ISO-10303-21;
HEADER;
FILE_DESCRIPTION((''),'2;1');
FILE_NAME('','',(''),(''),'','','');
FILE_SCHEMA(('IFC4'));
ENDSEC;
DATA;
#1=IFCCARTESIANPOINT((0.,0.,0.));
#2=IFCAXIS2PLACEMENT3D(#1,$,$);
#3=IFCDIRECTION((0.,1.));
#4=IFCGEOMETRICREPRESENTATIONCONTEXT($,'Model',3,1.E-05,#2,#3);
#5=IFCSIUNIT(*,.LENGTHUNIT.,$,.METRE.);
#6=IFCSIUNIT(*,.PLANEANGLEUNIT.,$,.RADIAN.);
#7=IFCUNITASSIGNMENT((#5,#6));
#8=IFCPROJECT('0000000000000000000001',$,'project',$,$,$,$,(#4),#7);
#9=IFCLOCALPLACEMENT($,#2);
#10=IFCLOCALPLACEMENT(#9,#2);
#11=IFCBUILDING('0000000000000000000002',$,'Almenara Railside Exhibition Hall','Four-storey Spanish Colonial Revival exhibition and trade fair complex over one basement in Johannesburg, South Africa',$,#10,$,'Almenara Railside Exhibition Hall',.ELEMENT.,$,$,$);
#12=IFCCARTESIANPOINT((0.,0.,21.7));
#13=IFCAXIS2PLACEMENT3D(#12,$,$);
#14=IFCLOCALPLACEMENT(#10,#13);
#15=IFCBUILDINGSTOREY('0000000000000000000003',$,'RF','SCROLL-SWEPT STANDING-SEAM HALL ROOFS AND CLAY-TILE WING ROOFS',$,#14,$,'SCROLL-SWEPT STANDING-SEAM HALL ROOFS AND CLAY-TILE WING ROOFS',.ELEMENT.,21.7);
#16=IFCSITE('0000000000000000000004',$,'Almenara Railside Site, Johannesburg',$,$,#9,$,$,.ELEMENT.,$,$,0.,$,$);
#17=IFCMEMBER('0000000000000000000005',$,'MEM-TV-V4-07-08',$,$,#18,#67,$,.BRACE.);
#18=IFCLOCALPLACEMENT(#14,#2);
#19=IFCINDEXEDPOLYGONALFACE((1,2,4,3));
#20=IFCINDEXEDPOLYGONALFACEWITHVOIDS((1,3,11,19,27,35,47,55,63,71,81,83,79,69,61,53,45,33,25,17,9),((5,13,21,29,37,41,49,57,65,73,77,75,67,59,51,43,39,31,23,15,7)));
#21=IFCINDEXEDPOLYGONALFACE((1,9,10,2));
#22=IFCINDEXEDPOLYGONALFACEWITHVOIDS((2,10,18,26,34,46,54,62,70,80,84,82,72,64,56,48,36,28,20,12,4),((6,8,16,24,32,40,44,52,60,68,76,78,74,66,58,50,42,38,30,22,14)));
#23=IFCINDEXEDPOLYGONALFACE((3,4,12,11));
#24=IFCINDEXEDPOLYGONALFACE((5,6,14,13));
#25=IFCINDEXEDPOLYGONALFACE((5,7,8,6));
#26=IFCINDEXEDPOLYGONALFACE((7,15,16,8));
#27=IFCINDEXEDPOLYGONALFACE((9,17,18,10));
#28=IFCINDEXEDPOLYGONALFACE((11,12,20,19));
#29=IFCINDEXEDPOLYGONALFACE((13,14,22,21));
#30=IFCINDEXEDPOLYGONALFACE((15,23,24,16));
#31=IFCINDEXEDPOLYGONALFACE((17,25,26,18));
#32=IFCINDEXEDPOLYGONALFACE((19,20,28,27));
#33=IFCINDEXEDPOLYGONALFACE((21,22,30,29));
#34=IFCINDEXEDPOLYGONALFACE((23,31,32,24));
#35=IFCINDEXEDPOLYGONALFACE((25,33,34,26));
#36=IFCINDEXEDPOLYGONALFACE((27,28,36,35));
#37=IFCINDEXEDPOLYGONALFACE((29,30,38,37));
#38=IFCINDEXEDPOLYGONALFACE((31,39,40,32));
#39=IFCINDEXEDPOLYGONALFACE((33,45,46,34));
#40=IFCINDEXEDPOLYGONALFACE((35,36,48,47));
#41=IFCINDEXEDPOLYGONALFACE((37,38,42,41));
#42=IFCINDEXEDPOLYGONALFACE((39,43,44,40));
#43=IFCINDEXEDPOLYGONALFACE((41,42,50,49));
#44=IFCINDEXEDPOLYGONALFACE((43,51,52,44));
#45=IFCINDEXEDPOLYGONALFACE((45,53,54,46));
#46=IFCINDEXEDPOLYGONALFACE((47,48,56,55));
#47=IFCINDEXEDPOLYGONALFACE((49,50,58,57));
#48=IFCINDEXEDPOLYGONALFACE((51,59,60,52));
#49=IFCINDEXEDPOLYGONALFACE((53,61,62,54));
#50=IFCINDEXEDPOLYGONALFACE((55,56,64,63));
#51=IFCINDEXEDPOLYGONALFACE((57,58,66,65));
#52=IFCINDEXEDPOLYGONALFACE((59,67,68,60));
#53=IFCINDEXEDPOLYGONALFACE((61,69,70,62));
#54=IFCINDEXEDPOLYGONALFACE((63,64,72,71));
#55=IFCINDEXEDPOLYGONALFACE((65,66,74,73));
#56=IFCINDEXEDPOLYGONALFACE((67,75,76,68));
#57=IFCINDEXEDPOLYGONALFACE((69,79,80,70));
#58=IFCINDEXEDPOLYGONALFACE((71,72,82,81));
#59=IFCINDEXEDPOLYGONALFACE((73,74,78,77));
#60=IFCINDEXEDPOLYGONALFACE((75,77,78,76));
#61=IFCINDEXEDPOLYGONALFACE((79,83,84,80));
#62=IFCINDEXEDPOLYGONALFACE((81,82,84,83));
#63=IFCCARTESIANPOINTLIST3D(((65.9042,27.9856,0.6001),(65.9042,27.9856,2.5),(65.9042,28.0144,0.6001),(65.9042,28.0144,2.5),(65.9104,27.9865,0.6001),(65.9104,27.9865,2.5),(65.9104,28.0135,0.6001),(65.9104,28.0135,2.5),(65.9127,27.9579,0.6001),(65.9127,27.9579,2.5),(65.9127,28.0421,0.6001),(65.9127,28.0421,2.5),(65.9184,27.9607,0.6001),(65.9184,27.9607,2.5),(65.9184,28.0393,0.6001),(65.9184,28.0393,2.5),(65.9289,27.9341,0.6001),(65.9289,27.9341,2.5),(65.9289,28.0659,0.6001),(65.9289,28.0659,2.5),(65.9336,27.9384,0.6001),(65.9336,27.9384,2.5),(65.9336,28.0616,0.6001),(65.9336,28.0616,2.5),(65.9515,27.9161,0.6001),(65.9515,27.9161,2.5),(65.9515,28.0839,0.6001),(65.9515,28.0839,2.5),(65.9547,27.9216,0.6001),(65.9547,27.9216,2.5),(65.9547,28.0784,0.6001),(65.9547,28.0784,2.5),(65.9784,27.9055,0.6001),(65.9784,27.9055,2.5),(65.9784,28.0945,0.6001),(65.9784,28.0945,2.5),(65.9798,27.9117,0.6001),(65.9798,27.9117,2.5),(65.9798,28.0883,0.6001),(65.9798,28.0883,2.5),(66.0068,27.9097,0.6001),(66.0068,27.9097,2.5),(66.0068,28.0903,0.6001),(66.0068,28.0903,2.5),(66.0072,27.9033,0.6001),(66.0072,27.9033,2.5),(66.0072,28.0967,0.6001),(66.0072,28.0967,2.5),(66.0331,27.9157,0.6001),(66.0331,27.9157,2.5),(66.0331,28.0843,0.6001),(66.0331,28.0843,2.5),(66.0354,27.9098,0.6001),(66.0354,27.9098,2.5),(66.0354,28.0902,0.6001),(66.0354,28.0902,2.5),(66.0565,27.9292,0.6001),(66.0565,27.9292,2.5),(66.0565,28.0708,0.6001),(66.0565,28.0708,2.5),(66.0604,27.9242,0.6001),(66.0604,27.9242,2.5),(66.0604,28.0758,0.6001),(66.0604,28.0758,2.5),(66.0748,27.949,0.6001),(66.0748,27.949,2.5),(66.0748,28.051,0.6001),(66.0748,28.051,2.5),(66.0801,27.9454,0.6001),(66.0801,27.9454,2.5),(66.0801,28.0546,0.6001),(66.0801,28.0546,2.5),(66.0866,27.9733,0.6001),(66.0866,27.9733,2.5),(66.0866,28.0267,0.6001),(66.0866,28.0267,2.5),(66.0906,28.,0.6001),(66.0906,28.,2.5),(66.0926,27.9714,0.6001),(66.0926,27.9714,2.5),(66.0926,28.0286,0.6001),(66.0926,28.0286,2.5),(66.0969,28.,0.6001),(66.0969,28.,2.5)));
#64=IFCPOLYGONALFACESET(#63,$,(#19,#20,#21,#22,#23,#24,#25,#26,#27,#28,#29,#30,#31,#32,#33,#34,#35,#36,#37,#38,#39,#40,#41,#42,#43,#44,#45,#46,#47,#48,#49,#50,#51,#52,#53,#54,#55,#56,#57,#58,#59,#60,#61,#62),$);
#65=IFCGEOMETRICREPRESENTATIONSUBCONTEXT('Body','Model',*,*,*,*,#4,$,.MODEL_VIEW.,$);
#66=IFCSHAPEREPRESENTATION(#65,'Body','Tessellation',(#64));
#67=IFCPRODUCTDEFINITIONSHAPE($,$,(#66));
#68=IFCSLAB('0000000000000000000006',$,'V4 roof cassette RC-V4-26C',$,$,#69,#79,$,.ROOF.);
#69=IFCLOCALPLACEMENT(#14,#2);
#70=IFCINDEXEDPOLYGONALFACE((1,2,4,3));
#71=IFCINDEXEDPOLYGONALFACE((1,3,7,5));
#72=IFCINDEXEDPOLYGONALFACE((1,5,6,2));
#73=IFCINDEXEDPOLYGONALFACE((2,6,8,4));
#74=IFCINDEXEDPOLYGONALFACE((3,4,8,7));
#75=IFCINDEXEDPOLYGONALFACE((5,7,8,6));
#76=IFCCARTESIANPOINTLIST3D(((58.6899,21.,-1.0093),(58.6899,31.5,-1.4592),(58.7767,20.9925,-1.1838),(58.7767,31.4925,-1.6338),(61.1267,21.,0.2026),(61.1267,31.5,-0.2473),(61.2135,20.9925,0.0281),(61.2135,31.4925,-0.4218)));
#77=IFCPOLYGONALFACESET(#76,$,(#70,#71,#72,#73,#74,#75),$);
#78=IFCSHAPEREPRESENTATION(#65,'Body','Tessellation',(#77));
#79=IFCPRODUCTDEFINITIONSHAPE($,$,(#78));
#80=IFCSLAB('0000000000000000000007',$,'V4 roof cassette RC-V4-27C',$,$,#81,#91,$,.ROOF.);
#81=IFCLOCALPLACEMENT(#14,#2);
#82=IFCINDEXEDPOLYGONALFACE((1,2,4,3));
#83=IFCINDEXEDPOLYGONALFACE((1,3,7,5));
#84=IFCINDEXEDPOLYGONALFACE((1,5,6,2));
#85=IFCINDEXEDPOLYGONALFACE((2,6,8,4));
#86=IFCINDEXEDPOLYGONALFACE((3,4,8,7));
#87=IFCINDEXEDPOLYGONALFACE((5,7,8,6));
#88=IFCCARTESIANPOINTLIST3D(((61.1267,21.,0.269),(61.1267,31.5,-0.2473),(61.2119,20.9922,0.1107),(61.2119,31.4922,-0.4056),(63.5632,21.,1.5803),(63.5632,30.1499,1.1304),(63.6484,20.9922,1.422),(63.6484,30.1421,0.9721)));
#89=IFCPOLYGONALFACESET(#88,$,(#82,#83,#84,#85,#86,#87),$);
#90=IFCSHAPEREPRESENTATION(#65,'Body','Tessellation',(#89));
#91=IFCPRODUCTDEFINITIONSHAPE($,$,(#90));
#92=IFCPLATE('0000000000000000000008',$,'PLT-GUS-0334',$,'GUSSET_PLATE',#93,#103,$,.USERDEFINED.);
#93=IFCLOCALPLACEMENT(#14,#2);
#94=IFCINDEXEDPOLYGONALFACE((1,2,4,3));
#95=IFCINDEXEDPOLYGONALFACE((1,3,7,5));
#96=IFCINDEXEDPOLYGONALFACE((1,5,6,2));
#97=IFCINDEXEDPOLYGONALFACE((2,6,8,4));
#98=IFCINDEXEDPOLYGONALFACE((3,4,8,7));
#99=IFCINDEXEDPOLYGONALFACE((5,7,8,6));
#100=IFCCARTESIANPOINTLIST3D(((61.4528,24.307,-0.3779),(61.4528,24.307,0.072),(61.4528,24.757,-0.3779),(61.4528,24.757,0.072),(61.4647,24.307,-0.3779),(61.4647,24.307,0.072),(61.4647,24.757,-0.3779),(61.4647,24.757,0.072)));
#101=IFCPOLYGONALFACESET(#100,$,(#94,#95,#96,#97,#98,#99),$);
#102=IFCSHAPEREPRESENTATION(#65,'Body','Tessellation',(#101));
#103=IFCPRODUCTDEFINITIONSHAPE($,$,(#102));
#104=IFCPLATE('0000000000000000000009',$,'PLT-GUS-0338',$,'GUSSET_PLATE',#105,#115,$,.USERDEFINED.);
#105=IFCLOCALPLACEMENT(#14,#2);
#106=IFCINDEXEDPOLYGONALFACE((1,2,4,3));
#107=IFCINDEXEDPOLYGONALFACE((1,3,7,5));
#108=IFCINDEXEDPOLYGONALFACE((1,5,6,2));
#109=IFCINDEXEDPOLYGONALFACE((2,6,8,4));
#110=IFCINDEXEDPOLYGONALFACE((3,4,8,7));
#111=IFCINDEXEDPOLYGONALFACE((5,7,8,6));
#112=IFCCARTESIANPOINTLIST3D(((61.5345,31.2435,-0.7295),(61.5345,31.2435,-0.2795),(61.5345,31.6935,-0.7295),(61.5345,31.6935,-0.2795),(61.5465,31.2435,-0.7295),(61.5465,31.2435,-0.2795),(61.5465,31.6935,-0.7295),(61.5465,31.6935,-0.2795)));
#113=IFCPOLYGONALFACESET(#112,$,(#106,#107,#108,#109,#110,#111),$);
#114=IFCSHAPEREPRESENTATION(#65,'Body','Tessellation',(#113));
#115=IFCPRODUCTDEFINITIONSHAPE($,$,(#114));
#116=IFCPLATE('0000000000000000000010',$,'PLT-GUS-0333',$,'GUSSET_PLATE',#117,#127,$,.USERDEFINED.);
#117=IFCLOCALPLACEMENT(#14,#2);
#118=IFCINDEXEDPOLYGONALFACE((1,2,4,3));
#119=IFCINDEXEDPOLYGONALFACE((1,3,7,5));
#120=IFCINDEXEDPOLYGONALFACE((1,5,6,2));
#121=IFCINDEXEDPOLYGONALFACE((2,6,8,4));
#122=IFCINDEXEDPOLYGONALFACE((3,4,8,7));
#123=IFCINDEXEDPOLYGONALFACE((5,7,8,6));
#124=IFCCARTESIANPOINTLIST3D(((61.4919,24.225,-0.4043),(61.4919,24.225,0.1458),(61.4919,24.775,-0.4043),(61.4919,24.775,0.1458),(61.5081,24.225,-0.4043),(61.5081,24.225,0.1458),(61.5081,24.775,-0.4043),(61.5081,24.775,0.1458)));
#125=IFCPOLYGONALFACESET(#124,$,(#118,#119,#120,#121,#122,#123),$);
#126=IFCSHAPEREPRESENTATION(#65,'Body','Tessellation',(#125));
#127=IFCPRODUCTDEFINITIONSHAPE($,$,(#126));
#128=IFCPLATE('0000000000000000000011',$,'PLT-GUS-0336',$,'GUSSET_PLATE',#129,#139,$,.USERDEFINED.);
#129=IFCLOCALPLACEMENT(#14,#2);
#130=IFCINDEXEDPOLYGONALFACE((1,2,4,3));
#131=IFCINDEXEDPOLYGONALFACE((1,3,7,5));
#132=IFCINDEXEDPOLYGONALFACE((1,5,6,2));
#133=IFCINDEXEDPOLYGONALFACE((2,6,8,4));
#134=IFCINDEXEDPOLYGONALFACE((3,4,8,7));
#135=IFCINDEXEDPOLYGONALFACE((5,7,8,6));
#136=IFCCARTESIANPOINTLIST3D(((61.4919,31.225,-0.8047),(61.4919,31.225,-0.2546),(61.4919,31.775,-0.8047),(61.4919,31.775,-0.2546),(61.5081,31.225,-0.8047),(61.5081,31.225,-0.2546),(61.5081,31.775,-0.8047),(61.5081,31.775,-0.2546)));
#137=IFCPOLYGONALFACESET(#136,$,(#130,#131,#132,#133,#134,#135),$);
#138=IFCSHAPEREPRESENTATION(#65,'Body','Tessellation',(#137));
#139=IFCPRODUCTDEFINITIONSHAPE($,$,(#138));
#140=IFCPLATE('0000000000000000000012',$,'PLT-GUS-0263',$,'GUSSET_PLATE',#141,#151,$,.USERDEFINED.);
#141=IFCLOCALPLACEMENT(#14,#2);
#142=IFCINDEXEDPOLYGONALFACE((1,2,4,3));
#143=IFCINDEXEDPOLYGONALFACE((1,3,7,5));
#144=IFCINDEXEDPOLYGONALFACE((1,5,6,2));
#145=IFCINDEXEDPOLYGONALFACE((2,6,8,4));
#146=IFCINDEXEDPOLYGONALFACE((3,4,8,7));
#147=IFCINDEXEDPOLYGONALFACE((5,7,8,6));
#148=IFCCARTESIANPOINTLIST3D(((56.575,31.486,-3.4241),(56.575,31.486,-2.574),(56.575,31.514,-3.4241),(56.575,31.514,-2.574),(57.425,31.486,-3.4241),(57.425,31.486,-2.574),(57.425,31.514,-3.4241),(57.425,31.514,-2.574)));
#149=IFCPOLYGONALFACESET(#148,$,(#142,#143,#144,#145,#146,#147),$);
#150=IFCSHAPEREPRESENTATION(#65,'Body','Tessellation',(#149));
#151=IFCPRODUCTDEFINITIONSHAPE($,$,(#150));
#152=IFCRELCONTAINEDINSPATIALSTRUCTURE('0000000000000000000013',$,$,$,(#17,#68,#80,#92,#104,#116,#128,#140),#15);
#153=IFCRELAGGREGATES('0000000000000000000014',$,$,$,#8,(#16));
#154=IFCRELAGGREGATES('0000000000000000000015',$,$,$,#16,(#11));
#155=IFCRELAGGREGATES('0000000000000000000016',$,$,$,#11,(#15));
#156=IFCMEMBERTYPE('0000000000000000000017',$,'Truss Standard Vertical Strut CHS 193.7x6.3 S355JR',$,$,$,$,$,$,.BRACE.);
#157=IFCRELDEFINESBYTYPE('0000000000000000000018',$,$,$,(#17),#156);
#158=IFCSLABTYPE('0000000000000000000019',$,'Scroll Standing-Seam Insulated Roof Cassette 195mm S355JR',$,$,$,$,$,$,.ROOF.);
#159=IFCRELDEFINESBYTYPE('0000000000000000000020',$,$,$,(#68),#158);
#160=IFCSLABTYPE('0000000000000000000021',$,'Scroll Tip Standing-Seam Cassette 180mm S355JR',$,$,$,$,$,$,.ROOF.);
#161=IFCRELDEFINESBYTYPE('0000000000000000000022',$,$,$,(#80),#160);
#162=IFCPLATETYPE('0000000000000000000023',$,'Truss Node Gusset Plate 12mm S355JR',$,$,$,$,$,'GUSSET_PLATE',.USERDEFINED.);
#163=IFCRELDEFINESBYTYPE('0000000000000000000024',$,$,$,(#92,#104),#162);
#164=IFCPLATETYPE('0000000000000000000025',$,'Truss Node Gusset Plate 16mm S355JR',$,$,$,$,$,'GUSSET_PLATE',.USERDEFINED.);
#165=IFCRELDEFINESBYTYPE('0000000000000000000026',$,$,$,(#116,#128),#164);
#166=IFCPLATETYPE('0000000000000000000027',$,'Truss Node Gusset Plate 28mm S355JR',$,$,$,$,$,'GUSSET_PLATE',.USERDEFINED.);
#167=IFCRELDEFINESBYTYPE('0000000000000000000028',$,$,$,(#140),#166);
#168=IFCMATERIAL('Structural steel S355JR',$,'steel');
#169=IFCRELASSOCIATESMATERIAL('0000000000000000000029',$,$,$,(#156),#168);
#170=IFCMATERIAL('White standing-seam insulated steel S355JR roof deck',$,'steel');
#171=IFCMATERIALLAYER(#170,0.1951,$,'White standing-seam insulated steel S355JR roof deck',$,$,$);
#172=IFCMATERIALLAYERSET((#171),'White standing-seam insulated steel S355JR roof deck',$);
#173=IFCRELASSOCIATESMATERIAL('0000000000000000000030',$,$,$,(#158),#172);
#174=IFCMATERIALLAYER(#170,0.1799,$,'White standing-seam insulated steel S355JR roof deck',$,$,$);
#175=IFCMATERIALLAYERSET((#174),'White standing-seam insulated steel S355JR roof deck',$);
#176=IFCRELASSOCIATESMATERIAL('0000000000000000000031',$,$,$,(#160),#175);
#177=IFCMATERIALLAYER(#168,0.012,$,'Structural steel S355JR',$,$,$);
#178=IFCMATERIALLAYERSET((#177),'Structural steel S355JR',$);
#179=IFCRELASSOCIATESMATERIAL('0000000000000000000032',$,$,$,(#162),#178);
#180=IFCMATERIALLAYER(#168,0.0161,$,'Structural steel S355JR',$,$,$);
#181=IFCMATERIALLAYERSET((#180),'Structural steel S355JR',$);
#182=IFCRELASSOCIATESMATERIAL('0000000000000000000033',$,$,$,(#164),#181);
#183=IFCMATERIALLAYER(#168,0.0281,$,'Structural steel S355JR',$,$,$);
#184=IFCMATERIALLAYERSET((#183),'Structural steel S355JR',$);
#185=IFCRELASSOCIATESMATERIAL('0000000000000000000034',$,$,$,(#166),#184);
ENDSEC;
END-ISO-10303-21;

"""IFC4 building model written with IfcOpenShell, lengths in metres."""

from ifc_helpers import new_model, si_unit, direction, frame, origin, origin_2d, place, context, subcontext, project, spatial, polyline, rectangle, hollow_circle, outline, extrude, material, layer, layer_set, material_profile, profile_set, type_object, element, save


model = new_model("IFC4")

# Units and contexts
model_context = context("Model", 3, precision=1e-05, world=origin(), true_north=direction((0.0, 1.0)))
body_context = subcontext(model_context, "Body", "Model", "MODEL_VIEW")
ifc_project = project(units=[si_unit("LENGTHUNIT", "METRE"), si_unit("PLANEANGLEUNIT", "RADIAN")], contexts=[model_context])

# Site, building, storey
site_placement = place(None, origin())
site = spatial("IfcSite", under=ifc_project, at=site_placement, Name="Almenara Railside Site, Johannesburg", CompositionType="ELEMENT", RefElevation=0.0)
building_placement = place(site_placement, origin())
building = spatial("IfcBuilding", under=site, at=building_placement, Name="Almenara Railside Exhibition Hall", Description="Four-storey Spanish Colonial Revival exhibition and trade fair complex over one basement in Johannesburg, South Africa", LongName="Almenara Railside Exhibition Hall", CompositionType="ELEMENT")
storey_placement = place(building_placement, frame((0.0, 0.0, 21.7)))
storey = spatial("IfcBuildingStorey", under=building, at=storey_placement, Name="RF", Description="SCROLL-SWEPT STANDING-SEAM HALL ROOFS AND CLAY-TILE WING ROOFS", LongName="SCROLL-SWEPT STANDING-SEAM HALL ROOFS AND CLAY-TILE WING ROOFS", CompositionType="ELEMENT", Elevation=21.7)

# Member
ifc_material_1 = material(Name="Structural steel S355JR", Category="steel")
ifc_material_profile_1 = material_profile(ifc_material_1, hollow_circle(Radius=0.0969, WallThickness=0.0063, at=origin_2d()), Name="CHS 193.7x6.3")
ifc_profile_set_1 = profile_set([ifc_material_profile_1], Name="Structural steel S355JR")
member_type_1 = type_object("IfcMemberType", Name="Truss Standard Vertical Strut CHS 193.7x6.3 S355JR", PredefinedType="BRACE", material=ifc_profile_set_1)
member_1_placement = place(storey_placement, frame((66.0, 28.0, 0.6001), z_axis=(0.0, 0.0, 1.0), x_axis=(1.0, 0.0, 0.0)))
element("IfcMember", 1, at=member_1_placement, inside=storey, type_object=member_type_1, Name="MEM-TV-V4-07-08", PredefinedType="BRACE", context=body_context, shape_type="SweptSolid", body=[
    extrude(hollow_circle(Radius=0.0969, WallThickness=0.0063, at=origin_2d()), origin(), (0.0, 0.0, 1.0), 1.8999),
])

# Slabs
ifc_material_2 = material(Name="White standing-seam insulated steel S355JR roof deck", Category="steel")
ifc_layer_1 = layer(ifc_material_2, 0.1951, Name="White standing-seam insulated steel S355JR roof deck")
ifc_layer_set_1 = layer_set([ifc_layer_1], Name="White standing-seam insulated steel S355JR roof deck")
slab_type_1 = type_object("IfcSlabType", Name="Scroll Standing-Seam Insulated Roof Cassette 195mm S355JR", PredefinedType="ROOF", material=ifc_layer_set_1)
slab_1_placement = place(storey_placement, frame((58.6899, 31.5, -1.4592), z_axis=(-0.444983, 0.038341, 0.894718), x_axis=(0.895376, 0.0, 0.445311)))
element("IfcSlab", 2, at=slab_1_placement, inside=storey, type_object=slab_type_1, Name="V4 roof cassette RC-V4-26C", PredefinedType="ROOF", context=body_context, shape_type="SweptSolid", body=[
    extrude(outline(polyline([(0.0, 0.0), (2.7215, 0.0), (2.9219, -10.5077), (0.2004, -10.5077), (0.0, 0.0)])), origin(), (0.0, 0.0, -1.0), 0.1951),
])
ifc_layer_2 = layer(ifc_material_2, 0.1799, Name="White standing-seam insulated steel S355JR roof deck")
ifc_layer_set_2 = layer_set([ifc_layer_2], Name="White standing-seam insulated steel S355JR roof deck")
slab_type_2 = type_object("IfcSlabType", Name="Scroll Tip Standing-Seam Cassette 180mm S355JR", PredefinedType="ROOF", material=ifc_layer_set_2)
slab_2_placement = place(storey_placement, frame((61.1267, 31.5, -0.2473), z_axis=(-0.473463, 0.043263, 0.87975), x_axis=(0.784044, -0.434445, 0.44332)))
element("IfcSlab", 3, at=slab_2_placement, inside=storey, type_object=slab_type_2, Name="V4 roof cassette RC-V4-27C", PredefinedType="ROOF", context=body_context, shape_type="SweptSolid", body=[
    extrude(outline(polyline([(0.0, 0.0), (3.1076, 0.0), (7.2822, -8.1545), (4.7906, -9.3577), (0.0, 0.0)])), origin(), (0.0, 0.0, -1.0), 0.1799),
])

# Plates
ifc_layer_3 = layer(ifc_material_1, 0.012, Name="Structural steel S355JR")
ifc_layer_set_3 = layer_set([ifc_layer_3], Name="Structural steel S355JR")
plate_type_1 = type_object("IfcPlateType", Name="Truss Node Gusset Plate 12mm S355JR", ElementType="GUSSET_PLATE", PredefinedType="USERDEFINED", material=ifc_layer_set_3)
for number, where, z_axis, x_axis, name in (
    (4, (61.4587, 24.532, -0.3779), (0.0, 0.0, 1.0), (0.0, 1.0, 0.0), "PLT-GUS-0334"),
    (5, (61.5405, 31.4685, -0.7295), (0.0, 0.0, 1.0), (0.0, 1.0, 0.0), "PLT-GUS-0338"),
):
    element("IfcPlate", number, at=place(storey_placement, frame(where, z_axis=z_axis, x_axis=x_axis)), inside=storey, type_object=plate_type_1, Name=name, ObjectType="GUSSET_PLATE", PredefinedType="USERDEFINED", context=body_context, shape_type="SweptSolid", body=[
        extrude(rectangle(XDim=0.45, YDim=0.012, at=origin_2d()), origin(), (0.0, 0.0, 1.0), 0.45),
    ])
ifc_layer_4 = layer(ifc_material_1, 0.0161, Name="Structural steel S355JR")
ifc_layer_set_4 = layer_set([ifc_layer_4], Name="Structural steel S355JR")
plate_type_2 = type_object("IfcPlateType", Name="Truss Node Gusset Plate 16mm S355JR", ElementType="GUSSET_PLATE", PredefinedType="USERDEFINED", material=ifc_layer_set_4)
for number, where, z_axis, x_axis, name in (
    (6, (61.5, 24.5, -0.4043), (0.0, 0.0, 1.0), (0.0, 1.0, 0.0), "PLT-GUS-0333"),
    (7, (61.5, 31.5, -0.8047), (0.0, 0.0, 1.0), (0.0, 1.0, 0.0), "PLT-GUS-0336"),
):
    element("IfcPlate", number, at=place(storey_placement, frame(where, z_axis=z_axis, x_axis=x_axis)), inside=storey, type_object=plate_type_2, Name=name, ObjectType="GUSSET_PLATE", PredefinedType="USERDEFINED", context=body_context, shape_type="SweptSolid", body=[
        extrude(rectangle(XDim=0.55, YDim=0.0161, at=origin_2d()), origin(), (0.0, 0.0, 1.0), 0.55),
    ])
ifc_layer_5 = layer(ifc_material_1, 0.0281, Name="Structural steel S355JR")
ifc_layer_set_5 = layer_set([ifc_layer_5], Name="Structural steel S355JR")
plate_type_3 = type_object("IfcPlateType", Name="Truss Node Gusset Plate 28mm S355JR", ElementType="GUSSET_PLATE", PredefinedType="USERDEFINED", material=ifc_layer_set_5)
plate_placement = place(storey_placement, frame((57.0, 31.5, -3.4241), z_axis=(0.0, 0.0, 1.0), x_axis=(1.0, 0.0, 0.0)))
element("IfcPlate", 8, at=plate_placement, inside=storey, type_object=plate_type_3, Name="PLT-GUS-0263", ObjectType="GUSSET_PLATE", PredefinedType="USERDEFINED", context=body_context, shape_type="SweptSolid", body=[
    extrude(rectangle(XDim=0.8501, YDim=0.0281, at=origin_2d()), origin(), (0.0, 0.0, 1.0), 0.8501),
])

save(model, "model.ifc")
